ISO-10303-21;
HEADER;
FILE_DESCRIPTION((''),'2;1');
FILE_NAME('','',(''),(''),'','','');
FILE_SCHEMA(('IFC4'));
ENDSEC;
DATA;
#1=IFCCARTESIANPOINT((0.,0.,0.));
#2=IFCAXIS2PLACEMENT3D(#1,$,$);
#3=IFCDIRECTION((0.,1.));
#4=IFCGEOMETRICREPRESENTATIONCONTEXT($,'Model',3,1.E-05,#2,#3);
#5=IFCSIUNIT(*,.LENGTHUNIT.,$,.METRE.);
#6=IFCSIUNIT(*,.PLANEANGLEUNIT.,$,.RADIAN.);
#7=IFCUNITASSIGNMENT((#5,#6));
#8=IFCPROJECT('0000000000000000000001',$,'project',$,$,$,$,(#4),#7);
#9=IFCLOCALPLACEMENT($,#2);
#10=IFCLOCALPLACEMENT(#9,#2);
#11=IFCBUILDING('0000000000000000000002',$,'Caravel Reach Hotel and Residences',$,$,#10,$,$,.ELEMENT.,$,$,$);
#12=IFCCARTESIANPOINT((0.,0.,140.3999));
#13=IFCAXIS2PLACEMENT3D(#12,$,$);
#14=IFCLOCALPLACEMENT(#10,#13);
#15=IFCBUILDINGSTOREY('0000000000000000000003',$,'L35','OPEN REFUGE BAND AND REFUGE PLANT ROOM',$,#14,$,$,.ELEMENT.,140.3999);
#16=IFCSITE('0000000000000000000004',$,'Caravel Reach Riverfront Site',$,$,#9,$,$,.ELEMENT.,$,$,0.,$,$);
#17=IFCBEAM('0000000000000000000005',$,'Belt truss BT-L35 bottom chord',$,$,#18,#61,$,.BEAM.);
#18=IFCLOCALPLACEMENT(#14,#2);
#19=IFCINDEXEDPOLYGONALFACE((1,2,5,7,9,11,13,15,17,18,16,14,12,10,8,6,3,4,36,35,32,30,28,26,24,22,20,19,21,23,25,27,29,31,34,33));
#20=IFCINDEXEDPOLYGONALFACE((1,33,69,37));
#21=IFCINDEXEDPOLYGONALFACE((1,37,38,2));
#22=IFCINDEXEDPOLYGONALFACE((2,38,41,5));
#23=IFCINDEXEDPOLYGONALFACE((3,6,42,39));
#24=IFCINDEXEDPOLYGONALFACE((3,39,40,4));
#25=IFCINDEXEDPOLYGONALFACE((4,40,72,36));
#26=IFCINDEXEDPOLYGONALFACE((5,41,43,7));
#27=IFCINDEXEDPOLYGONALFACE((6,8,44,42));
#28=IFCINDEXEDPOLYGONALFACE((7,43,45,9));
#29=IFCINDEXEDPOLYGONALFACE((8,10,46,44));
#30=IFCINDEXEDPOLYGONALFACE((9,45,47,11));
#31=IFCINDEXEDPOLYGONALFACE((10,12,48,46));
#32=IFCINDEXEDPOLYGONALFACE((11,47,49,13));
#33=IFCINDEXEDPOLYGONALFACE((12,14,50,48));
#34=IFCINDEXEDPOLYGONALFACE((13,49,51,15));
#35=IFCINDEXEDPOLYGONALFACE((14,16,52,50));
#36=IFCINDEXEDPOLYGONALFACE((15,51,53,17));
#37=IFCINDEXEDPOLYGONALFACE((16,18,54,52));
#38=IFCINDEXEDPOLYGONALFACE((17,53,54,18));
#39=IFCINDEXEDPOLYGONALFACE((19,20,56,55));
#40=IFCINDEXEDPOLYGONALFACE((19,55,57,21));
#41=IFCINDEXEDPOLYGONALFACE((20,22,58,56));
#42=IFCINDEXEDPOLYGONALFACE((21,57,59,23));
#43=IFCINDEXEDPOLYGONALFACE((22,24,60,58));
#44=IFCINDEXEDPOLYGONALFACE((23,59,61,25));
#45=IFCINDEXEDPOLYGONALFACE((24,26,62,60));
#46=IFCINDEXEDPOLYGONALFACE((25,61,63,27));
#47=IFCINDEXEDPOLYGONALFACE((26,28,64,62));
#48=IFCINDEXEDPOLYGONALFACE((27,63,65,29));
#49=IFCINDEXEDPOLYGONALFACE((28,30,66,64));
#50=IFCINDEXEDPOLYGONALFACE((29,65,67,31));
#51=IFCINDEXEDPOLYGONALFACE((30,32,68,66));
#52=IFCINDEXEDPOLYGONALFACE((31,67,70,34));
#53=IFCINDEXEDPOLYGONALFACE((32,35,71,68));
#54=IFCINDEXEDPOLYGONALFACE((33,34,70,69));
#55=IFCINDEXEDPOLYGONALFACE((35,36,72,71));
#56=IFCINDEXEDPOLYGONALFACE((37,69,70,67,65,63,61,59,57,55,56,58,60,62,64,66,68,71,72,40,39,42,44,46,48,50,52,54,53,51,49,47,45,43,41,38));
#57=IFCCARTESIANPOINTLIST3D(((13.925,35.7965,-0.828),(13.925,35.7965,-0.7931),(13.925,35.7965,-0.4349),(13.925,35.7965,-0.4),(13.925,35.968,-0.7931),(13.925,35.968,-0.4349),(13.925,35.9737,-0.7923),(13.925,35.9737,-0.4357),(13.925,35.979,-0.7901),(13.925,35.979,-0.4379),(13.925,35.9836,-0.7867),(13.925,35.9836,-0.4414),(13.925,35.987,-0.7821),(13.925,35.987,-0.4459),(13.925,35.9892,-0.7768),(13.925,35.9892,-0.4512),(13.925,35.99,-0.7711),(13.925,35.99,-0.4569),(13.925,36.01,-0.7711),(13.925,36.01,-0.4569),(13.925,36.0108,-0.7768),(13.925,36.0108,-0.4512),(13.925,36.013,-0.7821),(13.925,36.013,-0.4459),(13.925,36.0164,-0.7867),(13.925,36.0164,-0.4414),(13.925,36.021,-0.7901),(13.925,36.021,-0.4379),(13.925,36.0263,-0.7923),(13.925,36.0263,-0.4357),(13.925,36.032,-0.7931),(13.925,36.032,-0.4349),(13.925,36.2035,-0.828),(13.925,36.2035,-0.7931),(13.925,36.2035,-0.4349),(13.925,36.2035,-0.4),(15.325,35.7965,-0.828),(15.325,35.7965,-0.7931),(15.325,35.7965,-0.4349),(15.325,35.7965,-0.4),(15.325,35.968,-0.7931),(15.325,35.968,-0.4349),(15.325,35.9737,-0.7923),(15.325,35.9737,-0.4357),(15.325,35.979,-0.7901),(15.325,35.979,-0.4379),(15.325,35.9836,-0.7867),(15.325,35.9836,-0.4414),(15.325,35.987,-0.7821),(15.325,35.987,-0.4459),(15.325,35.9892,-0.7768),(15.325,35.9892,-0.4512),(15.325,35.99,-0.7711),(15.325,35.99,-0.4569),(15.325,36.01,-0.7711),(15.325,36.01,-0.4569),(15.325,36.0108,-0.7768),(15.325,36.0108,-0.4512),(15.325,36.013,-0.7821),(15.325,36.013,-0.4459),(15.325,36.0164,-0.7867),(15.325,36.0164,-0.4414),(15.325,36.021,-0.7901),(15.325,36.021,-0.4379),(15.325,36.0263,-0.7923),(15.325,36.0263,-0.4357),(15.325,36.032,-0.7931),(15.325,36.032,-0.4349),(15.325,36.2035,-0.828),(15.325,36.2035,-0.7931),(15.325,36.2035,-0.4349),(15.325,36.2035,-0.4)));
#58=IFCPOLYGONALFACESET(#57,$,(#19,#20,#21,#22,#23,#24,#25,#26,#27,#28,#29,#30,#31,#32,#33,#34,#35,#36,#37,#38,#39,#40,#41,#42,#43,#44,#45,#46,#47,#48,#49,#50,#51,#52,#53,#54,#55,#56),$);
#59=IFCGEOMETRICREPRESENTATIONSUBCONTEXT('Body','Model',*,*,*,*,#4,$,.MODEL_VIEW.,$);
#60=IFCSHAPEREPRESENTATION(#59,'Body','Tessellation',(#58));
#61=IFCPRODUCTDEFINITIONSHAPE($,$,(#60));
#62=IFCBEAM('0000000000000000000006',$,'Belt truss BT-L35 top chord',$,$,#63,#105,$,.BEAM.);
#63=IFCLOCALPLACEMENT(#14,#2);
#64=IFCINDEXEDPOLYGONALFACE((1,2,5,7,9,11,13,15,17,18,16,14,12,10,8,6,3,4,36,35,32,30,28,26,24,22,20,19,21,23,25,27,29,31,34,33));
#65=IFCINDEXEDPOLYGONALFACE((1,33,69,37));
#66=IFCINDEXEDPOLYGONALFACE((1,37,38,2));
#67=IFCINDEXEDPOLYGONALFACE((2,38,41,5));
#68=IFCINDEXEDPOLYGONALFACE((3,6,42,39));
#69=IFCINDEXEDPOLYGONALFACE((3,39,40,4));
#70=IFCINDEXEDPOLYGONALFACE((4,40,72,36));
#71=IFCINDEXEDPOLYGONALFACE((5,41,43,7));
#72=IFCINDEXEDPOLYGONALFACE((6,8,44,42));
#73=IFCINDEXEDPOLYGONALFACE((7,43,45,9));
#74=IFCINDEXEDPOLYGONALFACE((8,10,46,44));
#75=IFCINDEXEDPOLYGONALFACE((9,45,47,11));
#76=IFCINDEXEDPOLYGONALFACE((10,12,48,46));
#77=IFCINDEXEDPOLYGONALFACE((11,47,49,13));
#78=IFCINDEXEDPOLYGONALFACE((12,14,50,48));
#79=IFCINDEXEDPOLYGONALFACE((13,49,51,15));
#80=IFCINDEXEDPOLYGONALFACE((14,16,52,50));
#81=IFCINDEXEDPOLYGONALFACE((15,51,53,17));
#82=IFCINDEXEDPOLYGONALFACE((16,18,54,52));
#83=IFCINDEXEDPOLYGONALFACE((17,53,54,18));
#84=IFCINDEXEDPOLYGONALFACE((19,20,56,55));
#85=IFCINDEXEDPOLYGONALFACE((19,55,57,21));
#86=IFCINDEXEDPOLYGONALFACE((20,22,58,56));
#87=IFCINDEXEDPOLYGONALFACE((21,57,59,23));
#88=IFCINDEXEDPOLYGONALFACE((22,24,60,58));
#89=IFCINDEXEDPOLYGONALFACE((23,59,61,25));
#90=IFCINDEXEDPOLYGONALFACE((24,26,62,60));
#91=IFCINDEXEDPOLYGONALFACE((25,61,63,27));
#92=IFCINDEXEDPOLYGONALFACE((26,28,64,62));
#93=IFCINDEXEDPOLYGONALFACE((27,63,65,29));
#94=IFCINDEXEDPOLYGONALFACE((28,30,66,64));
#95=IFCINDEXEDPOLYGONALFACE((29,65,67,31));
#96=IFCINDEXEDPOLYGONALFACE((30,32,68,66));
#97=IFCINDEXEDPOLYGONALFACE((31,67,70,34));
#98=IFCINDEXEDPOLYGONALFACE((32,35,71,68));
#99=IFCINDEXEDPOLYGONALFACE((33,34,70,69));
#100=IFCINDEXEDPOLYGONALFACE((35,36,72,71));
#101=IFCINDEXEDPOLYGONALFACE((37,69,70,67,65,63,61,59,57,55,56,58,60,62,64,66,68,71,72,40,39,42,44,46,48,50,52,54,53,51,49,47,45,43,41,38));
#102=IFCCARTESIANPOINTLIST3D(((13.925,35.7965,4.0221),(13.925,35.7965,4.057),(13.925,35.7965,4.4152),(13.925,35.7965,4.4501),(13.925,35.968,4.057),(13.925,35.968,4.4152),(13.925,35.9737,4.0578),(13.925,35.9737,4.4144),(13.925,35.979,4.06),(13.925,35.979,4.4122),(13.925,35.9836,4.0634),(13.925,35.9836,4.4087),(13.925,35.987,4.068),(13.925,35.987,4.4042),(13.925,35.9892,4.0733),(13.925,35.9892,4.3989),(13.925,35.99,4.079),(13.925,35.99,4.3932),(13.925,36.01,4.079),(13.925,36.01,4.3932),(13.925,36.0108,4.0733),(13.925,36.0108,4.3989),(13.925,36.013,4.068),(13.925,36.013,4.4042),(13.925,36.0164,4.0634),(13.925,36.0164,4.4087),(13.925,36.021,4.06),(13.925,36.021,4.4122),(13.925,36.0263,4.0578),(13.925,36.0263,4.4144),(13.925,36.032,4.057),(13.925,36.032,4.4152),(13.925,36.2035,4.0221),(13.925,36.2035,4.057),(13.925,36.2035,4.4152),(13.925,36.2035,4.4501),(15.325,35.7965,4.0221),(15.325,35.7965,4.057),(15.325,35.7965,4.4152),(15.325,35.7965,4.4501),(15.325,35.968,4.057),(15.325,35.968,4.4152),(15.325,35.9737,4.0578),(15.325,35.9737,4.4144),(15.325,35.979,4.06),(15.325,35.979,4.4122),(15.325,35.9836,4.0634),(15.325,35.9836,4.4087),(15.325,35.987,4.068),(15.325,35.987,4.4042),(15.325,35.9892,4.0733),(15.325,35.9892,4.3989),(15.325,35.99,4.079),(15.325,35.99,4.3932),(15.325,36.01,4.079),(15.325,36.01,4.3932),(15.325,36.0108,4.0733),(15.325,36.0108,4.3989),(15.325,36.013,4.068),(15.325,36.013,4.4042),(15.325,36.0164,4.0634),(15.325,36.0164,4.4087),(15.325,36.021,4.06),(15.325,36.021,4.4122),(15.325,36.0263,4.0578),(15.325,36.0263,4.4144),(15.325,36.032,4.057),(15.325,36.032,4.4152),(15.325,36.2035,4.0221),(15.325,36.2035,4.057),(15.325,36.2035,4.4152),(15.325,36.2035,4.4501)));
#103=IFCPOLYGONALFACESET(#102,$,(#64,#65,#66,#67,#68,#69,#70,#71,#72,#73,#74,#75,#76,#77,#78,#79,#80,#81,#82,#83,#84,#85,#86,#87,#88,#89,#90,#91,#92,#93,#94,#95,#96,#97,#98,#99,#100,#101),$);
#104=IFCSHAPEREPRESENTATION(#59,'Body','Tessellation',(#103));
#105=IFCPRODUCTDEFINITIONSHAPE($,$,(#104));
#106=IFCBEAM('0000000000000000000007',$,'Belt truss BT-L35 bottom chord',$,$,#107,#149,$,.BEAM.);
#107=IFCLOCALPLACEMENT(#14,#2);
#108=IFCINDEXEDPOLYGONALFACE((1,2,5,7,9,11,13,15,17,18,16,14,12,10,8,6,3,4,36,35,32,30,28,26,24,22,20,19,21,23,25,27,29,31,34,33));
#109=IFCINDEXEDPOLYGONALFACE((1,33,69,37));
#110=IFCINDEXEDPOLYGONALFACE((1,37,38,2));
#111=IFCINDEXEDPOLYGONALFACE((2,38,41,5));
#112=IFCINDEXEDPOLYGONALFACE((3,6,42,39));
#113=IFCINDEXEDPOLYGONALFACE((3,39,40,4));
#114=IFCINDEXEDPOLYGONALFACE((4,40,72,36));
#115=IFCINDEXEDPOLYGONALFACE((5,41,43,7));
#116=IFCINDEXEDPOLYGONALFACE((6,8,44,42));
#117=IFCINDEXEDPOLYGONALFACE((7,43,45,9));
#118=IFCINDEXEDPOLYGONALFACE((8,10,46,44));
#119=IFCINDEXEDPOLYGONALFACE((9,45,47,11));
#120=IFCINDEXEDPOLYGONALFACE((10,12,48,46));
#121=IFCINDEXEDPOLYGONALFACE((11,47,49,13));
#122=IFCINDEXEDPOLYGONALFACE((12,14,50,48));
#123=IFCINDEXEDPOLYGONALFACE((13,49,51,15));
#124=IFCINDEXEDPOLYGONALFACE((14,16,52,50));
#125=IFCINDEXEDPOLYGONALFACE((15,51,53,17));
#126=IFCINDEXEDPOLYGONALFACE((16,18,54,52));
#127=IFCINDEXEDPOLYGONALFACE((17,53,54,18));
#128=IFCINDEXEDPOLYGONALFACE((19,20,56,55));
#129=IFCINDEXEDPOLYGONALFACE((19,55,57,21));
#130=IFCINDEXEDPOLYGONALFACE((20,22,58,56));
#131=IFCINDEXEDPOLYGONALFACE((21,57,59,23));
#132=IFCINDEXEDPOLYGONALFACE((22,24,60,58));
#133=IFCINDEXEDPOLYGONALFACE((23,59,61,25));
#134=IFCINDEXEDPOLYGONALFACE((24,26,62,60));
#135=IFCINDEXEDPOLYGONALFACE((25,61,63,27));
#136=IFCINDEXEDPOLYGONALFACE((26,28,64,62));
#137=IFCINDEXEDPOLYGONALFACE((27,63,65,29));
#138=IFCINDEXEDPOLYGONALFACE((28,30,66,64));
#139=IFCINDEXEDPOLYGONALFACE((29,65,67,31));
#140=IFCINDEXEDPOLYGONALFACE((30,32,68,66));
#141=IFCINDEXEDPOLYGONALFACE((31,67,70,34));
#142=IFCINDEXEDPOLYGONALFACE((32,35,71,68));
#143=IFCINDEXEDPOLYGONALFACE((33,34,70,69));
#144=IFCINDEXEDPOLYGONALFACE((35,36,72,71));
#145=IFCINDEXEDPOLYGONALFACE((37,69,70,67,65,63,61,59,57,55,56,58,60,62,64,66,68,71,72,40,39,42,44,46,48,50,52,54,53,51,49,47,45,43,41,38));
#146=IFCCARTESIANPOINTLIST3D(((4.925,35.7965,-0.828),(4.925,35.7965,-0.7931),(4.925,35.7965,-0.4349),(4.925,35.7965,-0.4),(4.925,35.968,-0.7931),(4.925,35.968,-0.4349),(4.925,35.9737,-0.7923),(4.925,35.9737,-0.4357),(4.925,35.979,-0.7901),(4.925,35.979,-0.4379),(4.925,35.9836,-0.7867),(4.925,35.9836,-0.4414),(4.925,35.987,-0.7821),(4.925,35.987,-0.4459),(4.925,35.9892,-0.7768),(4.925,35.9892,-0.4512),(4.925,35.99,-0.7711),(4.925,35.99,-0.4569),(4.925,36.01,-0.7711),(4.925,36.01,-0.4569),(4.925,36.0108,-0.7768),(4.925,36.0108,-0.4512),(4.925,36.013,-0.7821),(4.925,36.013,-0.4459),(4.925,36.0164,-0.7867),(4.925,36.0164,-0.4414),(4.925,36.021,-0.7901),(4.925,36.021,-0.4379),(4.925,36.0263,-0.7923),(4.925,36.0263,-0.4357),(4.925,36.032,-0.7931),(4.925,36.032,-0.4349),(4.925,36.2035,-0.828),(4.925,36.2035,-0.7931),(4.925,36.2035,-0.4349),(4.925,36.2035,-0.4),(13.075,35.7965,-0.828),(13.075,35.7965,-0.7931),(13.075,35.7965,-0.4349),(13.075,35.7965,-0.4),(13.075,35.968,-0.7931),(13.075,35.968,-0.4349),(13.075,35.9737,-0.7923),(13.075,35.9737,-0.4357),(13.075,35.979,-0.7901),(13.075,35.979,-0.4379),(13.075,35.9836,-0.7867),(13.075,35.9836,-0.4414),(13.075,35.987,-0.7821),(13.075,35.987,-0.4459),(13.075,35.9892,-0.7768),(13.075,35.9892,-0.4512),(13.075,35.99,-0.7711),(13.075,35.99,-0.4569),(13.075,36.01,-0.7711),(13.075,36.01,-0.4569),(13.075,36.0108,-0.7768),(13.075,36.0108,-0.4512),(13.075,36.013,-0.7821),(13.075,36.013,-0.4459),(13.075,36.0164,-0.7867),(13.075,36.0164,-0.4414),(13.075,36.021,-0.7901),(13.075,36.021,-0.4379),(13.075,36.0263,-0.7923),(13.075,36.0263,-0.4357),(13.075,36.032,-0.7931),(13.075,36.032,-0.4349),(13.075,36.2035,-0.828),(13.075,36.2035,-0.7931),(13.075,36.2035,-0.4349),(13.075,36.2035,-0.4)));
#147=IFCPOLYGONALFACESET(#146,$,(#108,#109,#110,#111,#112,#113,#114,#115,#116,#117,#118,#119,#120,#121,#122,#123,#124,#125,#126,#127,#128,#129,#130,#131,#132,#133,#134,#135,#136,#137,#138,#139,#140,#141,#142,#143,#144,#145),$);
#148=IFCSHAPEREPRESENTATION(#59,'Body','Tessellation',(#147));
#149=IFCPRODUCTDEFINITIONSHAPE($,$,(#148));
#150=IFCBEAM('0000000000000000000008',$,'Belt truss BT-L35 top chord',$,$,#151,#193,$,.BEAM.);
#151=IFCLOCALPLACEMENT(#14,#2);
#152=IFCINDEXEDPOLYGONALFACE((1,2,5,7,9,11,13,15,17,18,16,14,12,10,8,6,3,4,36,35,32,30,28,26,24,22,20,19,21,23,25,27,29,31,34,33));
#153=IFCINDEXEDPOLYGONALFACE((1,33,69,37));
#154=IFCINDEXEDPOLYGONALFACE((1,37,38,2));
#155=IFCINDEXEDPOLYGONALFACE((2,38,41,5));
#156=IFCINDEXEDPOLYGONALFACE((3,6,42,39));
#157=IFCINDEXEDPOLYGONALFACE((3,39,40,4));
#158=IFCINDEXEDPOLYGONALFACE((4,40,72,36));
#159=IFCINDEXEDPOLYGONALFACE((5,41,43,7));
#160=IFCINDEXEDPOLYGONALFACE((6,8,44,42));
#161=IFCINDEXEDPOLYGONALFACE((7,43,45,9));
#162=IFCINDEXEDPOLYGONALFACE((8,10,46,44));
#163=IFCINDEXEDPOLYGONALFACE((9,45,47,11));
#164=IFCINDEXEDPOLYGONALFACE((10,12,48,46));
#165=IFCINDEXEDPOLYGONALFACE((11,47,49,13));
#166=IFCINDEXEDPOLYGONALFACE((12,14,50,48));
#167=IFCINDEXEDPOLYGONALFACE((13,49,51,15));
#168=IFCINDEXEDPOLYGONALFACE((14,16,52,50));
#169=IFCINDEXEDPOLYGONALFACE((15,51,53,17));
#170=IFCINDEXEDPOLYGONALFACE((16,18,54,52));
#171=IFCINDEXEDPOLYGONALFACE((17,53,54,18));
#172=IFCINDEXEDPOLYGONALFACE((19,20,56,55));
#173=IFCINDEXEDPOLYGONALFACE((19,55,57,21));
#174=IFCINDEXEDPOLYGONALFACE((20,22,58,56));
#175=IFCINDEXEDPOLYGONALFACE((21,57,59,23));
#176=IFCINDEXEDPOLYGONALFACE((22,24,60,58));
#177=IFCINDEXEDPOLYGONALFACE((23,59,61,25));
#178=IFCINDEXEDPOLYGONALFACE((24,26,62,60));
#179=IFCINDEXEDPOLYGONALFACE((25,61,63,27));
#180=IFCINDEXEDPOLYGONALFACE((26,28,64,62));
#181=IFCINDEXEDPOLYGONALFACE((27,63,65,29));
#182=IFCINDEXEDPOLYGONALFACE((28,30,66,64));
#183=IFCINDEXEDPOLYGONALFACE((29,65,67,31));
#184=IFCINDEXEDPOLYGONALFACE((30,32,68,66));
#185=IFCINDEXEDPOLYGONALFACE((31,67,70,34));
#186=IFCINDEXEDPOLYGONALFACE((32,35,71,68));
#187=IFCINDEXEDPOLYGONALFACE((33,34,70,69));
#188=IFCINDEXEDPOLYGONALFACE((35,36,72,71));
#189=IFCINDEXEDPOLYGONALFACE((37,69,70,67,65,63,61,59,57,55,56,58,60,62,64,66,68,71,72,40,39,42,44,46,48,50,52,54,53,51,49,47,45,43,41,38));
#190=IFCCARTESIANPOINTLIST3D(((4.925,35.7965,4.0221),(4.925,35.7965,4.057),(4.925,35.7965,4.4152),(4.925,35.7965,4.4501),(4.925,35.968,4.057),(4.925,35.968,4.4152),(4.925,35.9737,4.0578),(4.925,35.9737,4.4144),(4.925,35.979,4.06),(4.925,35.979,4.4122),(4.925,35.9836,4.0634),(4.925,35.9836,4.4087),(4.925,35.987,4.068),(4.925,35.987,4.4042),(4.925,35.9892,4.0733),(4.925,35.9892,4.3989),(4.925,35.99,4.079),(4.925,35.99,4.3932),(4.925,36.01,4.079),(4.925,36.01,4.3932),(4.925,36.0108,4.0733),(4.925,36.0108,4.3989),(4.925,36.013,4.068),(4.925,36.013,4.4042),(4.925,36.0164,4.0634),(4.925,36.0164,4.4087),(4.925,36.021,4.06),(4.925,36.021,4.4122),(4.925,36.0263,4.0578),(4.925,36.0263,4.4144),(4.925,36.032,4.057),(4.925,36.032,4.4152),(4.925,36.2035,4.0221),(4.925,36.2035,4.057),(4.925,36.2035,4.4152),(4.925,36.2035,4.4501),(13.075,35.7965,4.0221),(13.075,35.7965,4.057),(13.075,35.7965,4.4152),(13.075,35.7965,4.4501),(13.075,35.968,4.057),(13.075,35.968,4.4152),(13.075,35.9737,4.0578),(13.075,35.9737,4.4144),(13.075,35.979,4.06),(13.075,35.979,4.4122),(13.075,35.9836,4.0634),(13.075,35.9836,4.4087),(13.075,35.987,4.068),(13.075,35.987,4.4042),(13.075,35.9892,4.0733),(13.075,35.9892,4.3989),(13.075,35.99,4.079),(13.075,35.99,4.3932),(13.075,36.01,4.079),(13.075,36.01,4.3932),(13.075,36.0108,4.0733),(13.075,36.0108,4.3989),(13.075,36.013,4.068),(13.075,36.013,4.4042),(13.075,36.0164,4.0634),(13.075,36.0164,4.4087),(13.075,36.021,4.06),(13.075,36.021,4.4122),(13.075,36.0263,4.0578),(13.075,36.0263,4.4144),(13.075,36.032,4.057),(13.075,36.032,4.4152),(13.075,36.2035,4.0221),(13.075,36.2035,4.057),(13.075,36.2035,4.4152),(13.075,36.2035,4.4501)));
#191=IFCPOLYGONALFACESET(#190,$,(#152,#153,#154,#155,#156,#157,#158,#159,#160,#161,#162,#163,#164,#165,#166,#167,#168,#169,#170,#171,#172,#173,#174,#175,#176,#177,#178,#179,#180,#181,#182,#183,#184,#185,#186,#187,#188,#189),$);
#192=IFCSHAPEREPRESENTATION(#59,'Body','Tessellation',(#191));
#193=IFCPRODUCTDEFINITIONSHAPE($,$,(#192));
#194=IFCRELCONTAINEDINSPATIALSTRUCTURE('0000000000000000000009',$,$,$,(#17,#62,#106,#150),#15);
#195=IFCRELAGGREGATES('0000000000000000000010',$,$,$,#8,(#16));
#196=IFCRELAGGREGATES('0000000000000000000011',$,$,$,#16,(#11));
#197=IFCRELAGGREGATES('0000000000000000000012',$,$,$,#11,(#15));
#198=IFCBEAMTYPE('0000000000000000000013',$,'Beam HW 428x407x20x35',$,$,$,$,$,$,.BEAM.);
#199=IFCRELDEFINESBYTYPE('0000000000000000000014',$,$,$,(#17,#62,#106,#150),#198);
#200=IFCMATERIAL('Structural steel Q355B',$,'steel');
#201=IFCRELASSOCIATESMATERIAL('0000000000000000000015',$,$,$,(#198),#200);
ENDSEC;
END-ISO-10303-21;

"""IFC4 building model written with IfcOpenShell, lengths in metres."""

from ifc_helpers import new_model, si_unit, direction, frame, origin, origin_2d, place, context, subcontext, project, spatial, i_section, extrude, material, material_profile, profile_set, type_object, element, save


model = new_model("IFC4")

# Units and contexts
model_context = context("Model", 3, precision=1e-05, world=origin(), true_north=direction((0.0, 1.0)))
body_context = subcontext(model_context, "Body", "Model", "MODEL_VIEW")
ifc_project = project(units=[si_unit("LENGTHUNIT", "METRE"), si_unit("PLANEANGLEUNIT", "RADIAN")], contexts=[model_context])

# Site, building, storey
site_placement = place(None, origin())
site = spatial("IfcSite", under=ifc_project, at=site_placement, Name="Caravel Reach Riverfront Site", CompositionType="ELEMENT", RefElevation=0.0)
building_placement = place(site_placement, origin())
building = spatial("IfcBuilding", under=site, at=building_placement, Name="Caravel Reach Hotel and Residences", CompositionType="ELEMENT")
storey_placement = place(building_placement, frame((0.0, 0.0, 140.3999)))
storey = spatial("IfcBuildingStorey", under=building, at=storey_placement, Name="L35", Description="OPEN REFUGE BAND AND REFUGE PLANT ROOM", CompositionType="ELEMENT", Elevation=140.3999)

# Beams
ifc_material_1 = material(Name="Structural steel Q355B", Category="steel")
ifc_material_profile_1 = material_profile(ifc_material_1, i_section(OverallWidth=0.407, OverallDepth=0.428, WebThickness=0.02, FlangeThickness=0.0349, FilletRadius=0.022, at=origin_2d()), Name="HW 428x407x20x35")
ifc_profile_set_1 = profile_set([ifc_material_profile_1], Name="Structural steel Q355B")
beam_type = type_object("IfcBeamType", Name="Beam HW 428x407x20x35", PredefinedType="BEAM", material=ifc_profile_set_1)
for number, where, z_axis, x_axis, name in (
    (1, (15.325, 36.0, -0.614), (-1.0, 0.0, 0.0), (0.0, -1.0, 0.0), "Belt truss BT-L35 bottom chord"),
    (2, (15.325, 36.0, 4.2361), (-1.0, 0.0, 0.0), (0.0, -1.0, 0.0), "Belt truss BT-L35 top chord"),
):
    element("IfcBeam", number, at=place(storey_placement, frame(where, z_axis=z_axis, x_axis=x_axis)), inside=storey, type_object=beam_type, Name=name, PredefinedType="BEAM", context=body_context, shape_type="SweptSolid", body=[
        extrude(i_section(OverallWidth=0.407, OverallDepth=0.428, WebThickness=0.02, FlangeThickness=0.0349, FilletRadius=0.022, at=origin_2d()), origin(), (0.0, 0.0, 1.0), 1.3999),
    ])
for number, where, z_axis, x_axis, name in (
    (3, (13.075, 36.0, -0.614), (-1.0, 0.0, 0.0), (0.0, -1.0, 0.0), "Belt truss BT-L35 bottom chord"),
    (4, (13.075, 36.0, 4.2361), (-1.0, 0.0, 0.0), (0.0, -1.0, 0.0), "Belt truss BT-L35 top chord"),
):
    element("IfcBeam", number, at=place(storey_placement, frame(where, z_axis=z_axis, x_axis=x_axis)), inside=storey, type_object=beam_type, Name=name, PredefinedType="BEAM", context=body_context, shape_type="SweptSolid", body=[
        extrude(i_section(OverallWidth=0.407, OverallDepth=0.428, WebThickness=0.02, FlangeThickness=0.0349, FilletRadius=0.022, at=origin_2d()), origin(), (0.0, 0.0, 1.0), 8.1499),
    ])

save(model, "model.ifc")
